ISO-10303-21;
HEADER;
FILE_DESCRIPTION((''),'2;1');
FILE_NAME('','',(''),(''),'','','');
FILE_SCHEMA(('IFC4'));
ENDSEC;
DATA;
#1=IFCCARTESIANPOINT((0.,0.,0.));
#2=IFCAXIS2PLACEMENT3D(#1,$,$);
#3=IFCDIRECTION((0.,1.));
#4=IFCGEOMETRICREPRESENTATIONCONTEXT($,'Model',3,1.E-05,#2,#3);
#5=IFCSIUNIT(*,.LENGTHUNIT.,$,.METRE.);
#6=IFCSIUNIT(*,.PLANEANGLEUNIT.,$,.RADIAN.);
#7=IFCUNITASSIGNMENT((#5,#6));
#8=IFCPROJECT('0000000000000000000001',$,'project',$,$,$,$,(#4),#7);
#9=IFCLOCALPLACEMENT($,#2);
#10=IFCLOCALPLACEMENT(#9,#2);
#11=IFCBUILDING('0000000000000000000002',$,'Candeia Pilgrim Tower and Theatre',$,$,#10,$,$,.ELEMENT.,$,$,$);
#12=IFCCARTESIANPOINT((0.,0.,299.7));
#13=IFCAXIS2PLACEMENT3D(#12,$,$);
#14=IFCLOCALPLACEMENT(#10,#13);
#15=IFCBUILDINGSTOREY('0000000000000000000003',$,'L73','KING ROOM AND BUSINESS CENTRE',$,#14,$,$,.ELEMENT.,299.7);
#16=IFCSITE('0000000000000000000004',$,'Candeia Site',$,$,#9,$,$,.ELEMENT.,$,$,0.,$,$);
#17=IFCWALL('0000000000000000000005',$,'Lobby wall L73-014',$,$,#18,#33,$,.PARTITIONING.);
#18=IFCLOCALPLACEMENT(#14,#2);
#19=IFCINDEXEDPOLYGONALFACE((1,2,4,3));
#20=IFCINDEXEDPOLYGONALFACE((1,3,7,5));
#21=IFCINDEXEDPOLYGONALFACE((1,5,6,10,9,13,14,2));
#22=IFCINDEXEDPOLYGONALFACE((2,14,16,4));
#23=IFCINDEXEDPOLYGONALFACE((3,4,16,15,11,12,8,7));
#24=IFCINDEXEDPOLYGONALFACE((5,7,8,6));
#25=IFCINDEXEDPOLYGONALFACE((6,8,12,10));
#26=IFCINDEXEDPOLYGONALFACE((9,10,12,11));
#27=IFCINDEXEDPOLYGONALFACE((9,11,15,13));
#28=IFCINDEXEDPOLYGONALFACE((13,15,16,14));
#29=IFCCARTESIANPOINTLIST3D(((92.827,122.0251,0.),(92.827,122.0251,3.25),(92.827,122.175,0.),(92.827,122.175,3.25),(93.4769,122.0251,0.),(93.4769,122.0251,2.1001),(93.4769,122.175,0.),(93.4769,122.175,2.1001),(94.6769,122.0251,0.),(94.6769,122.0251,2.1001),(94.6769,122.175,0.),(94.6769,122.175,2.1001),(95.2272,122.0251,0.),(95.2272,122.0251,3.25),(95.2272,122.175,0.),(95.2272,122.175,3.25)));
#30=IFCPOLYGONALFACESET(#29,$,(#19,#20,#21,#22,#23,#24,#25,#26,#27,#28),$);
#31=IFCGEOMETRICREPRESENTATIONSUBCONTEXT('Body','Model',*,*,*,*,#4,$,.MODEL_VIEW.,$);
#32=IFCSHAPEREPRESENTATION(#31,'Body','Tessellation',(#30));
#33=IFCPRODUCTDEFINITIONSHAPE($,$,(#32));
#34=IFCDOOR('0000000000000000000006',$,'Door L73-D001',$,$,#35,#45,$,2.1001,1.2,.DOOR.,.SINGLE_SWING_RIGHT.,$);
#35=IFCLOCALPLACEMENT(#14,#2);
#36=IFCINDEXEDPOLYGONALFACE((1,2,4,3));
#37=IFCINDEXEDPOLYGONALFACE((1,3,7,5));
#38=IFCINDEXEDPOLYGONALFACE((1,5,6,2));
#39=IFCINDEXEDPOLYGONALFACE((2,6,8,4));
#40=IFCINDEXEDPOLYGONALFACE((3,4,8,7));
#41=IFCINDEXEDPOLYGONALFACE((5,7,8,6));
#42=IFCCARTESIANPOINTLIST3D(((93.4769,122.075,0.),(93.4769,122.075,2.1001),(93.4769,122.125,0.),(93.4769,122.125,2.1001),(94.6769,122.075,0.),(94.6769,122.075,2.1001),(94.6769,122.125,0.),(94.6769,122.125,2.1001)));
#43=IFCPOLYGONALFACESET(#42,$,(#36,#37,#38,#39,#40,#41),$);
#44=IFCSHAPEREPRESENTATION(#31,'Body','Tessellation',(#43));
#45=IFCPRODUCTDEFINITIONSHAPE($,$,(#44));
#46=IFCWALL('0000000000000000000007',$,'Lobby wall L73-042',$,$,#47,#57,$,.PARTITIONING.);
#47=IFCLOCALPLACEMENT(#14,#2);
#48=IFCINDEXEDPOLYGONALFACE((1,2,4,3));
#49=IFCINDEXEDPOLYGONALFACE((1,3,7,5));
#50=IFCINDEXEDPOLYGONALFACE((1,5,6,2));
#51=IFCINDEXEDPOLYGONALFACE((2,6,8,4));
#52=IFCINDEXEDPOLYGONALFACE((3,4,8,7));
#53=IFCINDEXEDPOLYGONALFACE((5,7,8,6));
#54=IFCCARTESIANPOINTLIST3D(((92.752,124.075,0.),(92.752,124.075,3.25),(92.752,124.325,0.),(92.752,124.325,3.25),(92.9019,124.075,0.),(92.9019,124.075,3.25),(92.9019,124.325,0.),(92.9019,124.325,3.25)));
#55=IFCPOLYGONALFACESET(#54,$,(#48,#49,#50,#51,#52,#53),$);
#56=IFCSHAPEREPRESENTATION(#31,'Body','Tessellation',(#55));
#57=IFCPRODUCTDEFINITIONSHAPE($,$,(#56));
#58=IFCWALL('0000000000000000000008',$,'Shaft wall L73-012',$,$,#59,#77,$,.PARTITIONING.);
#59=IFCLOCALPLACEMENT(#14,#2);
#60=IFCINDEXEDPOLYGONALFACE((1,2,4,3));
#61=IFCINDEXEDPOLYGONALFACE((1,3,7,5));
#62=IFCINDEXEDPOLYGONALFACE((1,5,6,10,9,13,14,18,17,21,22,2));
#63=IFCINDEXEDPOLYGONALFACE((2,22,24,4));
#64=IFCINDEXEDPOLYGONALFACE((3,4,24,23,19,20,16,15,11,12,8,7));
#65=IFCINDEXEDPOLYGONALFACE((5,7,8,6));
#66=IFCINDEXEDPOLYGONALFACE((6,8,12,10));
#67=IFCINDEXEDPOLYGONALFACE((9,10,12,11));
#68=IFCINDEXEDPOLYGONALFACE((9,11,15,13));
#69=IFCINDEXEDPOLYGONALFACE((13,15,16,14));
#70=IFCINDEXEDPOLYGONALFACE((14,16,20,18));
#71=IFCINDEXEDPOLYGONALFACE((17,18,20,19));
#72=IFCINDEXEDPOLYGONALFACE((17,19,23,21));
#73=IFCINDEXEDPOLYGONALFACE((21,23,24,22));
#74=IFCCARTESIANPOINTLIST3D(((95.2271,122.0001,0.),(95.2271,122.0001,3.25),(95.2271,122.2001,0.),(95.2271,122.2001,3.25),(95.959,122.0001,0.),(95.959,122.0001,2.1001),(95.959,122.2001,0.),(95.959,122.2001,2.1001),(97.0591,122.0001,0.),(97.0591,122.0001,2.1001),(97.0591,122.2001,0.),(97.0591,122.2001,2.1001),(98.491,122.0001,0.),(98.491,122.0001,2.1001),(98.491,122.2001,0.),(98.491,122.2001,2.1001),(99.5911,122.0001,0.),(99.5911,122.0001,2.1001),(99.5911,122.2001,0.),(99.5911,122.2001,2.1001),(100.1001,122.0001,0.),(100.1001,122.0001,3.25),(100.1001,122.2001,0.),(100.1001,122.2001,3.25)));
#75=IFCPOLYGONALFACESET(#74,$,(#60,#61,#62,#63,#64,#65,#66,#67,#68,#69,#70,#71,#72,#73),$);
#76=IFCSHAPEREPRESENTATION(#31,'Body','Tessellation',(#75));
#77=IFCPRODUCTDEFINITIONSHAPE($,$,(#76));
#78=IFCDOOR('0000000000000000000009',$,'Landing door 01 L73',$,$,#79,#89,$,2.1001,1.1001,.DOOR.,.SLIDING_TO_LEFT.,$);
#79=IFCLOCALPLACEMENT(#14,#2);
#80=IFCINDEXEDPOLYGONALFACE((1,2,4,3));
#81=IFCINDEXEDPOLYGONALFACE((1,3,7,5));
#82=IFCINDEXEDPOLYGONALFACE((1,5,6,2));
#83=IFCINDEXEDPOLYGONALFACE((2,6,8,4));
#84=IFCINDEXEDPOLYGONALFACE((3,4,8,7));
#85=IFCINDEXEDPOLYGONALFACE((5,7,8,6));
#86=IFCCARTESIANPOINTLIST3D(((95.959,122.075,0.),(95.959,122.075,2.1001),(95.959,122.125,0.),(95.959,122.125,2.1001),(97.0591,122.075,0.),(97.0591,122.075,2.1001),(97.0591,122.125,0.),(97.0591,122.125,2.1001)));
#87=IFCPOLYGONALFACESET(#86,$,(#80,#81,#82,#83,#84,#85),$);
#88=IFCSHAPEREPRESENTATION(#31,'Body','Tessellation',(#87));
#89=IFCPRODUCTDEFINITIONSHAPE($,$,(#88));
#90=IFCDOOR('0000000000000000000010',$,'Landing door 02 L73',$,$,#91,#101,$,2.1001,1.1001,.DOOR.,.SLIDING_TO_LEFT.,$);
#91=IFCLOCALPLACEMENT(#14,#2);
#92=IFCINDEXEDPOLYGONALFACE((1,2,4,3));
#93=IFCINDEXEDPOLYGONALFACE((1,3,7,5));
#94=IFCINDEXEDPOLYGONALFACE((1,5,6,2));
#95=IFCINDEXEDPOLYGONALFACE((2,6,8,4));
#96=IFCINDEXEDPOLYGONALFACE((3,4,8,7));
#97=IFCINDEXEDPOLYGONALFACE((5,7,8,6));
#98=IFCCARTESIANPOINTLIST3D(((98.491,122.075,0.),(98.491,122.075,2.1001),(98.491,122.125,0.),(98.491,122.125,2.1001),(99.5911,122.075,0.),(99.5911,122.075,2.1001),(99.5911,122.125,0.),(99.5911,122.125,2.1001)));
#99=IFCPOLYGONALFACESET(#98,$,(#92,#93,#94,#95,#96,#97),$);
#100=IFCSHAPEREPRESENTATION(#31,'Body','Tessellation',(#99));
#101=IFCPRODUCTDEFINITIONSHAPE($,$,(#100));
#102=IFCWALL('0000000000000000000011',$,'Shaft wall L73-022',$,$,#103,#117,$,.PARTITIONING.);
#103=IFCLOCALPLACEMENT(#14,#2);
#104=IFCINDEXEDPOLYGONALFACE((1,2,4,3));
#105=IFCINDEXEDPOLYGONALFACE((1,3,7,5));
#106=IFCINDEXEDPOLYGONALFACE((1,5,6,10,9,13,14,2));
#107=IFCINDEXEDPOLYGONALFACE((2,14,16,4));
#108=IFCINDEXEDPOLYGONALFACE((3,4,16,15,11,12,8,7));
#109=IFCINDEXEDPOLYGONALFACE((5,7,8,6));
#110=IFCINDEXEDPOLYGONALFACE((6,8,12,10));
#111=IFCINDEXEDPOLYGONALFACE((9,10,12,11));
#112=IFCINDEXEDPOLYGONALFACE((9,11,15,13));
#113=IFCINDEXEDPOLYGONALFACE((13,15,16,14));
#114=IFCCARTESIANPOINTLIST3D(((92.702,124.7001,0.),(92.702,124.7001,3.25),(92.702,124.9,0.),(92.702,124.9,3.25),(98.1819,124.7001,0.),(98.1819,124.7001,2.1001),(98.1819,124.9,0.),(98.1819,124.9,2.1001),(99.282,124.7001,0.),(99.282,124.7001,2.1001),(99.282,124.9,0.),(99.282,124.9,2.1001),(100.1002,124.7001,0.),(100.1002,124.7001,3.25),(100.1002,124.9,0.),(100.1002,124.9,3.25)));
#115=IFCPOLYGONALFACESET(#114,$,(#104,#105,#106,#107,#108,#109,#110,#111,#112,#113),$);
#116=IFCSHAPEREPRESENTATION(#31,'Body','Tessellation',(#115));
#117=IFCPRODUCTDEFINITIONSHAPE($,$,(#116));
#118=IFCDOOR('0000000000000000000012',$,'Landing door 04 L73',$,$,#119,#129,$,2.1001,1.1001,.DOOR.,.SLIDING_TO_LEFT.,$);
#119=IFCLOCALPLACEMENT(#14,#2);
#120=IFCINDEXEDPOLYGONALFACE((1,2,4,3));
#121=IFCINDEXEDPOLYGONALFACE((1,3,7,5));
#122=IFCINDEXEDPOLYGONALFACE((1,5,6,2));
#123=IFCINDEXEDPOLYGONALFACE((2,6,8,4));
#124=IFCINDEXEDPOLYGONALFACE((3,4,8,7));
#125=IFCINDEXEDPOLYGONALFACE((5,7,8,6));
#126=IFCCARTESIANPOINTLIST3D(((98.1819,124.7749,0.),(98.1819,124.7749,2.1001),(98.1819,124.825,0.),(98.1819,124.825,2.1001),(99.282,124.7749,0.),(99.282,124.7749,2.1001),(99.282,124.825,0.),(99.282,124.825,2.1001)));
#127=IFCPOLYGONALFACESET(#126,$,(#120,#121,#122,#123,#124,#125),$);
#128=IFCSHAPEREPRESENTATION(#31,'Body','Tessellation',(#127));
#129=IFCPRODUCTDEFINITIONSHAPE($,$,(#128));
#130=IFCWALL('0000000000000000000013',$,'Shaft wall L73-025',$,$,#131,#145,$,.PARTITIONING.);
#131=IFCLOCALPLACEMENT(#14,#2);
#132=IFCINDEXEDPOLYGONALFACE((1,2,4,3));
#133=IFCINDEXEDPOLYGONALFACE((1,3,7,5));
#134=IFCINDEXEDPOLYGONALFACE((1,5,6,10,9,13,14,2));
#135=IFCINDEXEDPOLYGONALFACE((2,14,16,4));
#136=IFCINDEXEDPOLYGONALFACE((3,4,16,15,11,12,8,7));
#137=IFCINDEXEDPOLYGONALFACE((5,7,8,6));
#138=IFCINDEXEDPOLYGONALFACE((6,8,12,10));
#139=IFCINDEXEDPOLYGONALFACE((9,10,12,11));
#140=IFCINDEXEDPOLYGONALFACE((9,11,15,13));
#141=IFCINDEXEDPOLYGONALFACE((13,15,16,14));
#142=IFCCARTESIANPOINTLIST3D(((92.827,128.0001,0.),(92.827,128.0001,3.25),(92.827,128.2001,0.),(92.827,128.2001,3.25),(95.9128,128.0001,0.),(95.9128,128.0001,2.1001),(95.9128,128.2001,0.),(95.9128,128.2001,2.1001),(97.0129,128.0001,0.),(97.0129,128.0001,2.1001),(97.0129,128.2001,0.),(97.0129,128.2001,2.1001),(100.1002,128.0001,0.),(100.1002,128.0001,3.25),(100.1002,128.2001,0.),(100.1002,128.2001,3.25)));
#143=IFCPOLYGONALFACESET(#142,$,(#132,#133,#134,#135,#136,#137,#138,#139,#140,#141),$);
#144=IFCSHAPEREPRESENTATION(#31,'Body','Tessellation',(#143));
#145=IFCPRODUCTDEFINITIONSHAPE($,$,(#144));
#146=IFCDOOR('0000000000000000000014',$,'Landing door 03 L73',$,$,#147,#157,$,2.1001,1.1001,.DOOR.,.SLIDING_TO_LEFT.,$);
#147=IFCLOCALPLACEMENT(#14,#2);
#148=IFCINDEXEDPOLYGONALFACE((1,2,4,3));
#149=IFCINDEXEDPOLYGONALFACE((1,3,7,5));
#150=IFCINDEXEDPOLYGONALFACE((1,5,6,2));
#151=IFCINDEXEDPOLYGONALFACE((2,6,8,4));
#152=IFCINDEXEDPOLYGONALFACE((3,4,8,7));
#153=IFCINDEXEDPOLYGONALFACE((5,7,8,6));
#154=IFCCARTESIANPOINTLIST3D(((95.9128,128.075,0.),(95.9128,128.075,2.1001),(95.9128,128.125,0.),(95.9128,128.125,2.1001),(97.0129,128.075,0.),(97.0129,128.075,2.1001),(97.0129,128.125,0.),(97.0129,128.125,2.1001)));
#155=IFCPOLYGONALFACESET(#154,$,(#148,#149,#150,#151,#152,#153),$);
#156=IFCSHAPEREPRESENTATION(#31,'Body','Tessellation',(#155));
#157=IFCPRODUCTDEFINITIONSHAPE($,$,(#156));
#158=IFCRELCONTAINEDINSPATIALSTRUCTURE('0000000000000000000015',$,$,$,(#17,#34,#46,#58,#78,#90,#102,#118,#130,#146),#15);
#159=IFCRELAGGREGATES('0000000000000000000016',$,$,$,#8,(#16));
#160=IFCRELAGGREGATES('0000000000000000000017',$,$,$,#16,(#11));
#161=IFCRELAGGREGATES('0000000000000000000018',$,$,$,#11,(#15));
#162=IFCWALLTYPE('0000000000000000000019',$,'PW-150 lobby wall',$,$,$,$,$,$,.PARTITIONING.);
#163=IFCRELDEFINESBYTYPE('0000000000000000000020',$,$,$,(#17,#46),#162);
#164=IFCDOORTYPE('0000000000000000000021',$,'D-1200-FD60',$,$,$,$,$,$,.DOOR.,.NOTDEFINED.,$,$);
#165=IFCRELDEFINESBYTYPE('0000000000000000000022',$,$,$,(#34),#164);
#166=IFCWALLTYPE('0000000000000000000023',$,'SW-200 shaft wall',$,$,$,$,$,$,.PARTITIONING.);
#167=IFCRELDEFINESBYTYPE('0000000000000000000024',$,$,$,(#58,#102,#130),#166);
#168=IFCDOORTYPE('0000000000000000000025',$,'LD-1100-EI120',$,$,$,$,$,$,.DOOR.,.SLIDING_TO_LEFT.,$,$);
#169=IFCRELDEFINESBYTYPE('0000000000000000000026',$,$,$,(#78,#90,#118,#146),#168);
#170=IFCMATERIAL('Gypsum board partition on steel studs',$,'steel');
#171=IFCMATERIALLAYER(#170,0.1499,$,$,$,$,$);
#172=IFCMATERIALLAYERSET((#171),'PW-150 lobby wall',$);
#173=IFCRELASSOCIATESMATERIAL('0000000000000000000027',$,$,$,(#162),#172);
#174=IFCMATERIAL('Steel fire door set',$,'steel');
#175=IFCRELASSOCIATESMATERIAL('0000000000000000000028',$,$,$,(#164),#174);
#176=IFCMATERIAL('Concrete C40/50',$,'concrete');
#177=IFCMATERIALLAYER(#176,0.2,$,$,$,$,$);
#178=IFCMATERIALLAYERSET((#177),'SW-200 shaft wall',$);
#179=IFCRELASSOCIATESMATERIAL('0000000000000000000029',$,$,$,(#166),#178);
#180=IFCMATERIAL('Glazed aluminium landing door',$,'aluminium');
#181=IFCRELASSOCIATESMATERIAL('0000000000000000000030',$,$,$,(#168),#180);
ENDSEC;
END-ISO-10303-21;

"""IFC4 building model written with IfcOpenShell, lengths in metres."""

from ifc_helpers import new_model, si_unit, direction, frame, frame_2d, origin, place, context, subcontext, project, spatial, rectangle, extrude, material, layer, layer_set, type_object, element, fill, save


model = new_model("IFC4")

# Units and contexts
model_context = context("Model", 3, precision=1e-05, world=origin(), true_north=direction((0.0, 1.0)))
body_context = subcontext(model_context, "Body", "Model", "MODEL_VIEW")
ifc_project = project(units=[si_unit("LENGTHUNIT", "METRE"), si_unit("PLANEANGLEUNIT", "RADIAN")], contexts=[model_context])

# Site, building, storey
site_placement = place(None, origin())
site = spatial("IfcSite", under=ifc_project, at=site_placement, Name="Candeia Site", CompositionType="ELEMENT", RefElevation=0.0)
building_placement = place(site_placement, origin())
building = spatial("IfcBuilding", under=site, at=building_placement, Name="Candeia Pilgrim Tower and Theatre", CompositionType="ELEMENT")
storey_placement = place(building_placement, frame((0.0, 0.0, 299.7)))
storey = spatial("IfcBuildingStorey", under=building, at=storey_placement, Name="L73", Description="KING ROOM AND BUSINESS CENTRE", CompositionType="ELEMENT", Elevation=299.7)

# Wall, opening, door
ifc_material_1 = material(Name="Gypsum board partition on steel studs", Category="steel")
ifc_layer_1 = layer(ifc_material_1, 0.1499)
ifc_layer_set_1 = layer_set([ifc_layer_1], Name="PW-150 lobby wall")
wall_type_1 = type_object("IfcWallType", Name="PW-150 lobby wall", PredefinedType="PARTITIONING", material=ifc_layer_set_1)
wall_1_placement = place(storey_placement, frame((92.8269, 122.1001, 0.0), z_axis=(0.0, 0.0, 1.0), x_axis=(1.0, 0.0, 0.0)))
wall_1 = element("IfcWall", 1, at=wall_1_placement, inside=storey, type_object=wall_type_1, Name="Lobby wall L73-014", PredefinedType="PARTITIONING", context=body_context, shape_type="SweptSolid", body=[
    extrude(rectangle(XDim=2.4001, YDim=0.1499, at=frame_2d((1.2002, 0.0))), origin(), (0.0, 0.0, 1.0), 3.25),
])
opening_1_placement = place(wall_1_placement, frame((0.6499, 0.0, 0.0)))
opening_1 = element("IfcOpeningElement", 2, at=opening_1_placement, cuts=wall_1, PredefinedType="OPENING", context=body_context, shape_type="SweptSolid", body=[
    extrude(rectangle(XDim=1.2, YDim=2.1001, at=frame_2d((0.6001, 1.05))), frame((0.0, 0.085, 0.0), z_axis=(0.0, -1.0, 0.0), x_axis=(1.0, 0.0, 0.0)), (0.0, 0.0, 1.0), 0.1699),
])
ifc_material_2 = material(Name="Steel fire door set", Category="steel")
door_type_1 = type_object("IfcDoorType", Name="D-1200-FD60", OperationType="NOTDEFINED", PredefinedType="DOOR", material=ifc_material_2)
door_1_placement = place(opening_1_placement, origin())
door_1 = element("IfcDoor", 3, at=door_1_placement, inside=storey, type_object=door_type_1, Name="Door L73-D001", OperationType="SINGLE_SWING_RIGHT", OverallHeight=2.1001, OverallWidth=1.2, PredefinedType="DOOR", context=body_context, shape_type="SweptSolid", body=[
    extrude(rectangle(XDim=1.2, YDim=2.1001, at=frame_2d((0.6001, 1.05))), frame((0.0, 0.0249, 0.0), z_axis=(0.0, -1.0, 0.0), x_axis=(1.0, 0.0, 0.0)), (0.0, 0.0, 1.0), 0.05),
])
fill(opening_1, door_1)

# Wall
wall_2_placement = place(storey_placement, frame((92.8269, 124.075, 0.0), z_axis=(0.0, 0.0, 1.0), x_axis=(0.0, 1.0, 0.0)))
element("IfcWall", 4, at=wall_2_placement, inside=storey, type_object=wall_type_1, Name="Lobby wall L73-042", PredefinedType="PARTITIONING", context=body_context, shape_type="SweptSolid", body=[
    extrude(rectangle(XDim=0.25, YDim=0.1499, at=frame_2d((0.125, 0.0))), origin(), (0.0, 0.0, 1.0), 3.25),
])

# Wall, openings, doors
ifc_material_3 = material(Name="Concrete C40/50", Category="concrete")
ifc_layer_2 = layer(ifc_material_3, 0.2)
ifc_layer_set_2 = layer_set([ifc_layer_2], Name="SW-200 shaft wall")
wall_type_2 = type_object("IfcWallType", Name="SW-200 shaft wall", PredefinedType="PARTITIONING", material=ifc_layer_set_2)
wall_3_placement = place(storey_placement, frame((95.2271, 122.1001, 0.0), z_axis=(0.0, 0.0, 1.0), x_axis=(1.0, 0.0, 0.0)))
wall_3 = element("IfcWall", 5, at=wall_3_placement, inside=storey, type_object=wall_type_2, Name="Shaft wall L73-012", PredefinedType="PARTITIONING", context=body_context, shape_type="SweptSolid", body=[
    extrude(rectangle(XDim=4.873, YDim=0.2, at=frame_2d((2.4365, 0.0))), origin(), (0.0, 0.0, 1.0), 3.25),
])
opening_2_placement = place(wall_3_placement, frame((0.7319, 0.0, 0.0)))
opening_2 = element("IfcOpeningElement", 6, at=opening_2_placement, cuts=wall_3, PredefinedType="OPENING", context=body_context, shape_type="SweptSolid", body=[
    extrude(rectangle(XDim=1.1001, YDim=2.1001, at=frame_2d((0.55, 1.05))), frame((0.0, 0.1099, 0.0), z_axis=(0.0, -1.0, 0.0), x_axis=(1.0, 0.0, 0.0)), (0.0, 0.0, 1.0), 0.22),
])
opening_3_placement = place(wall_3_placement, frame((3.2639, 0.0, 0.0)))
opening_3 = element("IfcOpeningElement", 7, at=opening_3_placement, cuts=wall_3, PredefinedType="OPENING", context=body_context, shape_type="SweptSolid", body=[
    extrude(rectangle(XDim=1.1001, YDim=2.1001, at=frame_2d((0.55, 1.05))), frame((0.0, 0.1099, 0.0), z_axis=(0.0, -1.0, 0.0), x_axis=(1.0, 0.0, 0.0)), (0.0, 0.0, 1.0), 0.22),
])
ifc_material_4 = material(Name="Glazed aluminium landing door", Category="aluminium")
door_type_2 = type_object("IfcDoorType", Name="LD-1100-EI120", OperationType="SLIDING_TO_LEFT", PredefinedType="DOOR", material=ifc_material_4)
door_2_placement = place(opening_2_placement, origin())
door_2 = element("IfcDoor", 8, at=door_2_placement, inside=storey, type_object=door_type_2, Name="Landing door 01 L73", OperationType="SLIDING_TO_LEFT", OverallHeight=2.1001, OverallWidth=1.1001, PredefinedType="DOOR", context=body_context, shape_type="SweptSolid", body=[
    extrude(rectangle(XDim=1.1001, YDim=2.1001, at=frame_2d((0.55, 1.05))), frame((0.0, 0.0249, 0.0), z_axis=(0.0, -1.0, 0.0), x_axis=(1.0, 0.0, 0.0)), (0.0, 0.0, 1.0), 0.05),
])
fill(opening_2, door_2)
door_3_placement = place(opening_3_placement, origin())
door_3 = element("IfcDoor", 9, at=door_3_placement, inside=storey, type_object=door_type_2, Name="Landing door 02 L73", OperationType="SLIDING_TO_LEFT", OverallHeight=2.1001, OverallWidth=1.1001, PredefinedType="DOOR", context=body_context, shape_type="SweptSolid", body=[
    extrude(rectangle(XDim=1.1001, YDim=2.1001, at=frame_2d((0.55, 1.05))), frame((0.0, 0.0249, 0.0), z_axis=(0.0, -1.0, 0.0), x_axis=(1.0, 0.0, 0.0)), (0.0, 0.0, 1.0), 0.05),
])
fill(opening_3, door_3)

# Walls, openings, doors
wall_4_placement = place(storey_placement, frame((92.7019, 124.8, 0.0), z_axis=(0.0, 0.0, 1.0), x_axis=(1.0, 0.0, 0.0)))
wall_4 = element("IfcWall", 10, at=wall_4_placement, inside=storey, type_object=wall_type_2, Name="Shaft wall L73-022", PredefinedType="PARTITIONING", context=body_context, shape_type="SweptSolid", body=[
    extrude(rectangle(XDim=7.3982, YDim=0.2, at=frame_2d((3.6992, 0.0))), origin(), (0.0, 0.0, 1.0), 3.25),
])
opening_4_placement = place(wall_4_placement, frame((5.48, 0.0, 0.0)))
opening_4 = element("IfcOpeningElement", 11, at=opening_4_placement, cuts=wall_4, PredefinedType="OPENING", context=body_context, shape_type="SweptSolid", body=[
    extrude(rectangle(XDim=1.1001, YDim=2.1001, at=frame_2d((0.55, 1.05))), frame((0.0, 0.1099, 0.0), z_axis=(0.0, -1.0, 0.0), x_axis=(1.0, 0.0, 0.0)), (0.0, 0.0, 1.0), 0.22),
])
door_4_placement = place(opening_4_placement, origin())
door_4 = element("IfcDoor", 12, at=door_4_placement, inside=storey, type_object=door_type_2, Name="Landing door 04 L73", OperationType="SLIDING_TO_LEFT", OverallHeight=2.1001, OverallWidth=1.1001, PredefinedType="DOOR", context=body_context, shape_type="SweptSolid", body=[
    extrude(rectangle(XDim=1.1001, YDim=2.1001, at=frame_2d((0.55, 1.05))), frame((0.0, 0.0249, 0.0), z_axis=(0.0, -1.0, 0.0), x_axis=(1.0, 0.0, 0.0)), (0.0, 0.0, 1.0), 0.05),
])
fill(opening_4, door_4)
wall_5_placement = place(storey_placement, frame((92.8269, 128.1001, 0.0), z_axis=(0.0, 0.0, 1.0), x_axis=(1.0, 0.0, 0.0)))
wall_5 = element("IfcWall", 13, at=wall_5_placement, inside=storey, type_object=wall_type_2, Name="Shaft wall L73-025", PredefinedType="PARTITIONING", context=body_context, shape_type="SweptSolid", body=[
    extrude(rectangle(XDim=7.2732, YDim=0.2, at=frame_2d((3.6367, 0.0))), origin(), (0.0, 0.0, 1.0), 3.25),
])
opening_5_placement = place(wall_5_placement, frame((3.0859, 0.0, 0.0)))
opening_5 = element("IfcOpeningElement", 14, at=opening_5_placement, cuts=wall_5, PredefinedType="OPENING", context=body_context, shape_type="SweptSolid", body=[
    extrude(rectangle(XDim=1.1001, YDim=2.1001, at=frame_2d((0.55, 1.05))), frame((0.0, 0.1099, 0.0), z_axis=(0.0, -1.0, 0.0), x_axis=(1.0, 0.0, 0.0)), (0.0, 0.0, 1.0), 0.22),
])
door_5_placement = place(opening_5_placement, origin())
door_5 = element("IfcDoor", 15, at=door_5_placement, inside=storey, type_object=door_type_2, Name="Landing door 03 L73", OperationType="SLIDING_TO_LEFT", OverallHeight=2.1001, OverallWidth=1.1001, PredefinedType="DOOR", context=body_context, shape_type="SweptSolid", body=[
    extrude(rectangle(XDim=1.1001, YDim=2.1001, at=frame_2d((0.55, 1.05))), frame((0.0, 0.0249, 0.0), z_axis=(0.0, -1.0, 0.0), x_axis=(1.0, 0.0, 0.0)), (0.0, 0.0, 1.0), 0.05),
])
fill(opening_5, door_5)

save(model, "model.ifc")
